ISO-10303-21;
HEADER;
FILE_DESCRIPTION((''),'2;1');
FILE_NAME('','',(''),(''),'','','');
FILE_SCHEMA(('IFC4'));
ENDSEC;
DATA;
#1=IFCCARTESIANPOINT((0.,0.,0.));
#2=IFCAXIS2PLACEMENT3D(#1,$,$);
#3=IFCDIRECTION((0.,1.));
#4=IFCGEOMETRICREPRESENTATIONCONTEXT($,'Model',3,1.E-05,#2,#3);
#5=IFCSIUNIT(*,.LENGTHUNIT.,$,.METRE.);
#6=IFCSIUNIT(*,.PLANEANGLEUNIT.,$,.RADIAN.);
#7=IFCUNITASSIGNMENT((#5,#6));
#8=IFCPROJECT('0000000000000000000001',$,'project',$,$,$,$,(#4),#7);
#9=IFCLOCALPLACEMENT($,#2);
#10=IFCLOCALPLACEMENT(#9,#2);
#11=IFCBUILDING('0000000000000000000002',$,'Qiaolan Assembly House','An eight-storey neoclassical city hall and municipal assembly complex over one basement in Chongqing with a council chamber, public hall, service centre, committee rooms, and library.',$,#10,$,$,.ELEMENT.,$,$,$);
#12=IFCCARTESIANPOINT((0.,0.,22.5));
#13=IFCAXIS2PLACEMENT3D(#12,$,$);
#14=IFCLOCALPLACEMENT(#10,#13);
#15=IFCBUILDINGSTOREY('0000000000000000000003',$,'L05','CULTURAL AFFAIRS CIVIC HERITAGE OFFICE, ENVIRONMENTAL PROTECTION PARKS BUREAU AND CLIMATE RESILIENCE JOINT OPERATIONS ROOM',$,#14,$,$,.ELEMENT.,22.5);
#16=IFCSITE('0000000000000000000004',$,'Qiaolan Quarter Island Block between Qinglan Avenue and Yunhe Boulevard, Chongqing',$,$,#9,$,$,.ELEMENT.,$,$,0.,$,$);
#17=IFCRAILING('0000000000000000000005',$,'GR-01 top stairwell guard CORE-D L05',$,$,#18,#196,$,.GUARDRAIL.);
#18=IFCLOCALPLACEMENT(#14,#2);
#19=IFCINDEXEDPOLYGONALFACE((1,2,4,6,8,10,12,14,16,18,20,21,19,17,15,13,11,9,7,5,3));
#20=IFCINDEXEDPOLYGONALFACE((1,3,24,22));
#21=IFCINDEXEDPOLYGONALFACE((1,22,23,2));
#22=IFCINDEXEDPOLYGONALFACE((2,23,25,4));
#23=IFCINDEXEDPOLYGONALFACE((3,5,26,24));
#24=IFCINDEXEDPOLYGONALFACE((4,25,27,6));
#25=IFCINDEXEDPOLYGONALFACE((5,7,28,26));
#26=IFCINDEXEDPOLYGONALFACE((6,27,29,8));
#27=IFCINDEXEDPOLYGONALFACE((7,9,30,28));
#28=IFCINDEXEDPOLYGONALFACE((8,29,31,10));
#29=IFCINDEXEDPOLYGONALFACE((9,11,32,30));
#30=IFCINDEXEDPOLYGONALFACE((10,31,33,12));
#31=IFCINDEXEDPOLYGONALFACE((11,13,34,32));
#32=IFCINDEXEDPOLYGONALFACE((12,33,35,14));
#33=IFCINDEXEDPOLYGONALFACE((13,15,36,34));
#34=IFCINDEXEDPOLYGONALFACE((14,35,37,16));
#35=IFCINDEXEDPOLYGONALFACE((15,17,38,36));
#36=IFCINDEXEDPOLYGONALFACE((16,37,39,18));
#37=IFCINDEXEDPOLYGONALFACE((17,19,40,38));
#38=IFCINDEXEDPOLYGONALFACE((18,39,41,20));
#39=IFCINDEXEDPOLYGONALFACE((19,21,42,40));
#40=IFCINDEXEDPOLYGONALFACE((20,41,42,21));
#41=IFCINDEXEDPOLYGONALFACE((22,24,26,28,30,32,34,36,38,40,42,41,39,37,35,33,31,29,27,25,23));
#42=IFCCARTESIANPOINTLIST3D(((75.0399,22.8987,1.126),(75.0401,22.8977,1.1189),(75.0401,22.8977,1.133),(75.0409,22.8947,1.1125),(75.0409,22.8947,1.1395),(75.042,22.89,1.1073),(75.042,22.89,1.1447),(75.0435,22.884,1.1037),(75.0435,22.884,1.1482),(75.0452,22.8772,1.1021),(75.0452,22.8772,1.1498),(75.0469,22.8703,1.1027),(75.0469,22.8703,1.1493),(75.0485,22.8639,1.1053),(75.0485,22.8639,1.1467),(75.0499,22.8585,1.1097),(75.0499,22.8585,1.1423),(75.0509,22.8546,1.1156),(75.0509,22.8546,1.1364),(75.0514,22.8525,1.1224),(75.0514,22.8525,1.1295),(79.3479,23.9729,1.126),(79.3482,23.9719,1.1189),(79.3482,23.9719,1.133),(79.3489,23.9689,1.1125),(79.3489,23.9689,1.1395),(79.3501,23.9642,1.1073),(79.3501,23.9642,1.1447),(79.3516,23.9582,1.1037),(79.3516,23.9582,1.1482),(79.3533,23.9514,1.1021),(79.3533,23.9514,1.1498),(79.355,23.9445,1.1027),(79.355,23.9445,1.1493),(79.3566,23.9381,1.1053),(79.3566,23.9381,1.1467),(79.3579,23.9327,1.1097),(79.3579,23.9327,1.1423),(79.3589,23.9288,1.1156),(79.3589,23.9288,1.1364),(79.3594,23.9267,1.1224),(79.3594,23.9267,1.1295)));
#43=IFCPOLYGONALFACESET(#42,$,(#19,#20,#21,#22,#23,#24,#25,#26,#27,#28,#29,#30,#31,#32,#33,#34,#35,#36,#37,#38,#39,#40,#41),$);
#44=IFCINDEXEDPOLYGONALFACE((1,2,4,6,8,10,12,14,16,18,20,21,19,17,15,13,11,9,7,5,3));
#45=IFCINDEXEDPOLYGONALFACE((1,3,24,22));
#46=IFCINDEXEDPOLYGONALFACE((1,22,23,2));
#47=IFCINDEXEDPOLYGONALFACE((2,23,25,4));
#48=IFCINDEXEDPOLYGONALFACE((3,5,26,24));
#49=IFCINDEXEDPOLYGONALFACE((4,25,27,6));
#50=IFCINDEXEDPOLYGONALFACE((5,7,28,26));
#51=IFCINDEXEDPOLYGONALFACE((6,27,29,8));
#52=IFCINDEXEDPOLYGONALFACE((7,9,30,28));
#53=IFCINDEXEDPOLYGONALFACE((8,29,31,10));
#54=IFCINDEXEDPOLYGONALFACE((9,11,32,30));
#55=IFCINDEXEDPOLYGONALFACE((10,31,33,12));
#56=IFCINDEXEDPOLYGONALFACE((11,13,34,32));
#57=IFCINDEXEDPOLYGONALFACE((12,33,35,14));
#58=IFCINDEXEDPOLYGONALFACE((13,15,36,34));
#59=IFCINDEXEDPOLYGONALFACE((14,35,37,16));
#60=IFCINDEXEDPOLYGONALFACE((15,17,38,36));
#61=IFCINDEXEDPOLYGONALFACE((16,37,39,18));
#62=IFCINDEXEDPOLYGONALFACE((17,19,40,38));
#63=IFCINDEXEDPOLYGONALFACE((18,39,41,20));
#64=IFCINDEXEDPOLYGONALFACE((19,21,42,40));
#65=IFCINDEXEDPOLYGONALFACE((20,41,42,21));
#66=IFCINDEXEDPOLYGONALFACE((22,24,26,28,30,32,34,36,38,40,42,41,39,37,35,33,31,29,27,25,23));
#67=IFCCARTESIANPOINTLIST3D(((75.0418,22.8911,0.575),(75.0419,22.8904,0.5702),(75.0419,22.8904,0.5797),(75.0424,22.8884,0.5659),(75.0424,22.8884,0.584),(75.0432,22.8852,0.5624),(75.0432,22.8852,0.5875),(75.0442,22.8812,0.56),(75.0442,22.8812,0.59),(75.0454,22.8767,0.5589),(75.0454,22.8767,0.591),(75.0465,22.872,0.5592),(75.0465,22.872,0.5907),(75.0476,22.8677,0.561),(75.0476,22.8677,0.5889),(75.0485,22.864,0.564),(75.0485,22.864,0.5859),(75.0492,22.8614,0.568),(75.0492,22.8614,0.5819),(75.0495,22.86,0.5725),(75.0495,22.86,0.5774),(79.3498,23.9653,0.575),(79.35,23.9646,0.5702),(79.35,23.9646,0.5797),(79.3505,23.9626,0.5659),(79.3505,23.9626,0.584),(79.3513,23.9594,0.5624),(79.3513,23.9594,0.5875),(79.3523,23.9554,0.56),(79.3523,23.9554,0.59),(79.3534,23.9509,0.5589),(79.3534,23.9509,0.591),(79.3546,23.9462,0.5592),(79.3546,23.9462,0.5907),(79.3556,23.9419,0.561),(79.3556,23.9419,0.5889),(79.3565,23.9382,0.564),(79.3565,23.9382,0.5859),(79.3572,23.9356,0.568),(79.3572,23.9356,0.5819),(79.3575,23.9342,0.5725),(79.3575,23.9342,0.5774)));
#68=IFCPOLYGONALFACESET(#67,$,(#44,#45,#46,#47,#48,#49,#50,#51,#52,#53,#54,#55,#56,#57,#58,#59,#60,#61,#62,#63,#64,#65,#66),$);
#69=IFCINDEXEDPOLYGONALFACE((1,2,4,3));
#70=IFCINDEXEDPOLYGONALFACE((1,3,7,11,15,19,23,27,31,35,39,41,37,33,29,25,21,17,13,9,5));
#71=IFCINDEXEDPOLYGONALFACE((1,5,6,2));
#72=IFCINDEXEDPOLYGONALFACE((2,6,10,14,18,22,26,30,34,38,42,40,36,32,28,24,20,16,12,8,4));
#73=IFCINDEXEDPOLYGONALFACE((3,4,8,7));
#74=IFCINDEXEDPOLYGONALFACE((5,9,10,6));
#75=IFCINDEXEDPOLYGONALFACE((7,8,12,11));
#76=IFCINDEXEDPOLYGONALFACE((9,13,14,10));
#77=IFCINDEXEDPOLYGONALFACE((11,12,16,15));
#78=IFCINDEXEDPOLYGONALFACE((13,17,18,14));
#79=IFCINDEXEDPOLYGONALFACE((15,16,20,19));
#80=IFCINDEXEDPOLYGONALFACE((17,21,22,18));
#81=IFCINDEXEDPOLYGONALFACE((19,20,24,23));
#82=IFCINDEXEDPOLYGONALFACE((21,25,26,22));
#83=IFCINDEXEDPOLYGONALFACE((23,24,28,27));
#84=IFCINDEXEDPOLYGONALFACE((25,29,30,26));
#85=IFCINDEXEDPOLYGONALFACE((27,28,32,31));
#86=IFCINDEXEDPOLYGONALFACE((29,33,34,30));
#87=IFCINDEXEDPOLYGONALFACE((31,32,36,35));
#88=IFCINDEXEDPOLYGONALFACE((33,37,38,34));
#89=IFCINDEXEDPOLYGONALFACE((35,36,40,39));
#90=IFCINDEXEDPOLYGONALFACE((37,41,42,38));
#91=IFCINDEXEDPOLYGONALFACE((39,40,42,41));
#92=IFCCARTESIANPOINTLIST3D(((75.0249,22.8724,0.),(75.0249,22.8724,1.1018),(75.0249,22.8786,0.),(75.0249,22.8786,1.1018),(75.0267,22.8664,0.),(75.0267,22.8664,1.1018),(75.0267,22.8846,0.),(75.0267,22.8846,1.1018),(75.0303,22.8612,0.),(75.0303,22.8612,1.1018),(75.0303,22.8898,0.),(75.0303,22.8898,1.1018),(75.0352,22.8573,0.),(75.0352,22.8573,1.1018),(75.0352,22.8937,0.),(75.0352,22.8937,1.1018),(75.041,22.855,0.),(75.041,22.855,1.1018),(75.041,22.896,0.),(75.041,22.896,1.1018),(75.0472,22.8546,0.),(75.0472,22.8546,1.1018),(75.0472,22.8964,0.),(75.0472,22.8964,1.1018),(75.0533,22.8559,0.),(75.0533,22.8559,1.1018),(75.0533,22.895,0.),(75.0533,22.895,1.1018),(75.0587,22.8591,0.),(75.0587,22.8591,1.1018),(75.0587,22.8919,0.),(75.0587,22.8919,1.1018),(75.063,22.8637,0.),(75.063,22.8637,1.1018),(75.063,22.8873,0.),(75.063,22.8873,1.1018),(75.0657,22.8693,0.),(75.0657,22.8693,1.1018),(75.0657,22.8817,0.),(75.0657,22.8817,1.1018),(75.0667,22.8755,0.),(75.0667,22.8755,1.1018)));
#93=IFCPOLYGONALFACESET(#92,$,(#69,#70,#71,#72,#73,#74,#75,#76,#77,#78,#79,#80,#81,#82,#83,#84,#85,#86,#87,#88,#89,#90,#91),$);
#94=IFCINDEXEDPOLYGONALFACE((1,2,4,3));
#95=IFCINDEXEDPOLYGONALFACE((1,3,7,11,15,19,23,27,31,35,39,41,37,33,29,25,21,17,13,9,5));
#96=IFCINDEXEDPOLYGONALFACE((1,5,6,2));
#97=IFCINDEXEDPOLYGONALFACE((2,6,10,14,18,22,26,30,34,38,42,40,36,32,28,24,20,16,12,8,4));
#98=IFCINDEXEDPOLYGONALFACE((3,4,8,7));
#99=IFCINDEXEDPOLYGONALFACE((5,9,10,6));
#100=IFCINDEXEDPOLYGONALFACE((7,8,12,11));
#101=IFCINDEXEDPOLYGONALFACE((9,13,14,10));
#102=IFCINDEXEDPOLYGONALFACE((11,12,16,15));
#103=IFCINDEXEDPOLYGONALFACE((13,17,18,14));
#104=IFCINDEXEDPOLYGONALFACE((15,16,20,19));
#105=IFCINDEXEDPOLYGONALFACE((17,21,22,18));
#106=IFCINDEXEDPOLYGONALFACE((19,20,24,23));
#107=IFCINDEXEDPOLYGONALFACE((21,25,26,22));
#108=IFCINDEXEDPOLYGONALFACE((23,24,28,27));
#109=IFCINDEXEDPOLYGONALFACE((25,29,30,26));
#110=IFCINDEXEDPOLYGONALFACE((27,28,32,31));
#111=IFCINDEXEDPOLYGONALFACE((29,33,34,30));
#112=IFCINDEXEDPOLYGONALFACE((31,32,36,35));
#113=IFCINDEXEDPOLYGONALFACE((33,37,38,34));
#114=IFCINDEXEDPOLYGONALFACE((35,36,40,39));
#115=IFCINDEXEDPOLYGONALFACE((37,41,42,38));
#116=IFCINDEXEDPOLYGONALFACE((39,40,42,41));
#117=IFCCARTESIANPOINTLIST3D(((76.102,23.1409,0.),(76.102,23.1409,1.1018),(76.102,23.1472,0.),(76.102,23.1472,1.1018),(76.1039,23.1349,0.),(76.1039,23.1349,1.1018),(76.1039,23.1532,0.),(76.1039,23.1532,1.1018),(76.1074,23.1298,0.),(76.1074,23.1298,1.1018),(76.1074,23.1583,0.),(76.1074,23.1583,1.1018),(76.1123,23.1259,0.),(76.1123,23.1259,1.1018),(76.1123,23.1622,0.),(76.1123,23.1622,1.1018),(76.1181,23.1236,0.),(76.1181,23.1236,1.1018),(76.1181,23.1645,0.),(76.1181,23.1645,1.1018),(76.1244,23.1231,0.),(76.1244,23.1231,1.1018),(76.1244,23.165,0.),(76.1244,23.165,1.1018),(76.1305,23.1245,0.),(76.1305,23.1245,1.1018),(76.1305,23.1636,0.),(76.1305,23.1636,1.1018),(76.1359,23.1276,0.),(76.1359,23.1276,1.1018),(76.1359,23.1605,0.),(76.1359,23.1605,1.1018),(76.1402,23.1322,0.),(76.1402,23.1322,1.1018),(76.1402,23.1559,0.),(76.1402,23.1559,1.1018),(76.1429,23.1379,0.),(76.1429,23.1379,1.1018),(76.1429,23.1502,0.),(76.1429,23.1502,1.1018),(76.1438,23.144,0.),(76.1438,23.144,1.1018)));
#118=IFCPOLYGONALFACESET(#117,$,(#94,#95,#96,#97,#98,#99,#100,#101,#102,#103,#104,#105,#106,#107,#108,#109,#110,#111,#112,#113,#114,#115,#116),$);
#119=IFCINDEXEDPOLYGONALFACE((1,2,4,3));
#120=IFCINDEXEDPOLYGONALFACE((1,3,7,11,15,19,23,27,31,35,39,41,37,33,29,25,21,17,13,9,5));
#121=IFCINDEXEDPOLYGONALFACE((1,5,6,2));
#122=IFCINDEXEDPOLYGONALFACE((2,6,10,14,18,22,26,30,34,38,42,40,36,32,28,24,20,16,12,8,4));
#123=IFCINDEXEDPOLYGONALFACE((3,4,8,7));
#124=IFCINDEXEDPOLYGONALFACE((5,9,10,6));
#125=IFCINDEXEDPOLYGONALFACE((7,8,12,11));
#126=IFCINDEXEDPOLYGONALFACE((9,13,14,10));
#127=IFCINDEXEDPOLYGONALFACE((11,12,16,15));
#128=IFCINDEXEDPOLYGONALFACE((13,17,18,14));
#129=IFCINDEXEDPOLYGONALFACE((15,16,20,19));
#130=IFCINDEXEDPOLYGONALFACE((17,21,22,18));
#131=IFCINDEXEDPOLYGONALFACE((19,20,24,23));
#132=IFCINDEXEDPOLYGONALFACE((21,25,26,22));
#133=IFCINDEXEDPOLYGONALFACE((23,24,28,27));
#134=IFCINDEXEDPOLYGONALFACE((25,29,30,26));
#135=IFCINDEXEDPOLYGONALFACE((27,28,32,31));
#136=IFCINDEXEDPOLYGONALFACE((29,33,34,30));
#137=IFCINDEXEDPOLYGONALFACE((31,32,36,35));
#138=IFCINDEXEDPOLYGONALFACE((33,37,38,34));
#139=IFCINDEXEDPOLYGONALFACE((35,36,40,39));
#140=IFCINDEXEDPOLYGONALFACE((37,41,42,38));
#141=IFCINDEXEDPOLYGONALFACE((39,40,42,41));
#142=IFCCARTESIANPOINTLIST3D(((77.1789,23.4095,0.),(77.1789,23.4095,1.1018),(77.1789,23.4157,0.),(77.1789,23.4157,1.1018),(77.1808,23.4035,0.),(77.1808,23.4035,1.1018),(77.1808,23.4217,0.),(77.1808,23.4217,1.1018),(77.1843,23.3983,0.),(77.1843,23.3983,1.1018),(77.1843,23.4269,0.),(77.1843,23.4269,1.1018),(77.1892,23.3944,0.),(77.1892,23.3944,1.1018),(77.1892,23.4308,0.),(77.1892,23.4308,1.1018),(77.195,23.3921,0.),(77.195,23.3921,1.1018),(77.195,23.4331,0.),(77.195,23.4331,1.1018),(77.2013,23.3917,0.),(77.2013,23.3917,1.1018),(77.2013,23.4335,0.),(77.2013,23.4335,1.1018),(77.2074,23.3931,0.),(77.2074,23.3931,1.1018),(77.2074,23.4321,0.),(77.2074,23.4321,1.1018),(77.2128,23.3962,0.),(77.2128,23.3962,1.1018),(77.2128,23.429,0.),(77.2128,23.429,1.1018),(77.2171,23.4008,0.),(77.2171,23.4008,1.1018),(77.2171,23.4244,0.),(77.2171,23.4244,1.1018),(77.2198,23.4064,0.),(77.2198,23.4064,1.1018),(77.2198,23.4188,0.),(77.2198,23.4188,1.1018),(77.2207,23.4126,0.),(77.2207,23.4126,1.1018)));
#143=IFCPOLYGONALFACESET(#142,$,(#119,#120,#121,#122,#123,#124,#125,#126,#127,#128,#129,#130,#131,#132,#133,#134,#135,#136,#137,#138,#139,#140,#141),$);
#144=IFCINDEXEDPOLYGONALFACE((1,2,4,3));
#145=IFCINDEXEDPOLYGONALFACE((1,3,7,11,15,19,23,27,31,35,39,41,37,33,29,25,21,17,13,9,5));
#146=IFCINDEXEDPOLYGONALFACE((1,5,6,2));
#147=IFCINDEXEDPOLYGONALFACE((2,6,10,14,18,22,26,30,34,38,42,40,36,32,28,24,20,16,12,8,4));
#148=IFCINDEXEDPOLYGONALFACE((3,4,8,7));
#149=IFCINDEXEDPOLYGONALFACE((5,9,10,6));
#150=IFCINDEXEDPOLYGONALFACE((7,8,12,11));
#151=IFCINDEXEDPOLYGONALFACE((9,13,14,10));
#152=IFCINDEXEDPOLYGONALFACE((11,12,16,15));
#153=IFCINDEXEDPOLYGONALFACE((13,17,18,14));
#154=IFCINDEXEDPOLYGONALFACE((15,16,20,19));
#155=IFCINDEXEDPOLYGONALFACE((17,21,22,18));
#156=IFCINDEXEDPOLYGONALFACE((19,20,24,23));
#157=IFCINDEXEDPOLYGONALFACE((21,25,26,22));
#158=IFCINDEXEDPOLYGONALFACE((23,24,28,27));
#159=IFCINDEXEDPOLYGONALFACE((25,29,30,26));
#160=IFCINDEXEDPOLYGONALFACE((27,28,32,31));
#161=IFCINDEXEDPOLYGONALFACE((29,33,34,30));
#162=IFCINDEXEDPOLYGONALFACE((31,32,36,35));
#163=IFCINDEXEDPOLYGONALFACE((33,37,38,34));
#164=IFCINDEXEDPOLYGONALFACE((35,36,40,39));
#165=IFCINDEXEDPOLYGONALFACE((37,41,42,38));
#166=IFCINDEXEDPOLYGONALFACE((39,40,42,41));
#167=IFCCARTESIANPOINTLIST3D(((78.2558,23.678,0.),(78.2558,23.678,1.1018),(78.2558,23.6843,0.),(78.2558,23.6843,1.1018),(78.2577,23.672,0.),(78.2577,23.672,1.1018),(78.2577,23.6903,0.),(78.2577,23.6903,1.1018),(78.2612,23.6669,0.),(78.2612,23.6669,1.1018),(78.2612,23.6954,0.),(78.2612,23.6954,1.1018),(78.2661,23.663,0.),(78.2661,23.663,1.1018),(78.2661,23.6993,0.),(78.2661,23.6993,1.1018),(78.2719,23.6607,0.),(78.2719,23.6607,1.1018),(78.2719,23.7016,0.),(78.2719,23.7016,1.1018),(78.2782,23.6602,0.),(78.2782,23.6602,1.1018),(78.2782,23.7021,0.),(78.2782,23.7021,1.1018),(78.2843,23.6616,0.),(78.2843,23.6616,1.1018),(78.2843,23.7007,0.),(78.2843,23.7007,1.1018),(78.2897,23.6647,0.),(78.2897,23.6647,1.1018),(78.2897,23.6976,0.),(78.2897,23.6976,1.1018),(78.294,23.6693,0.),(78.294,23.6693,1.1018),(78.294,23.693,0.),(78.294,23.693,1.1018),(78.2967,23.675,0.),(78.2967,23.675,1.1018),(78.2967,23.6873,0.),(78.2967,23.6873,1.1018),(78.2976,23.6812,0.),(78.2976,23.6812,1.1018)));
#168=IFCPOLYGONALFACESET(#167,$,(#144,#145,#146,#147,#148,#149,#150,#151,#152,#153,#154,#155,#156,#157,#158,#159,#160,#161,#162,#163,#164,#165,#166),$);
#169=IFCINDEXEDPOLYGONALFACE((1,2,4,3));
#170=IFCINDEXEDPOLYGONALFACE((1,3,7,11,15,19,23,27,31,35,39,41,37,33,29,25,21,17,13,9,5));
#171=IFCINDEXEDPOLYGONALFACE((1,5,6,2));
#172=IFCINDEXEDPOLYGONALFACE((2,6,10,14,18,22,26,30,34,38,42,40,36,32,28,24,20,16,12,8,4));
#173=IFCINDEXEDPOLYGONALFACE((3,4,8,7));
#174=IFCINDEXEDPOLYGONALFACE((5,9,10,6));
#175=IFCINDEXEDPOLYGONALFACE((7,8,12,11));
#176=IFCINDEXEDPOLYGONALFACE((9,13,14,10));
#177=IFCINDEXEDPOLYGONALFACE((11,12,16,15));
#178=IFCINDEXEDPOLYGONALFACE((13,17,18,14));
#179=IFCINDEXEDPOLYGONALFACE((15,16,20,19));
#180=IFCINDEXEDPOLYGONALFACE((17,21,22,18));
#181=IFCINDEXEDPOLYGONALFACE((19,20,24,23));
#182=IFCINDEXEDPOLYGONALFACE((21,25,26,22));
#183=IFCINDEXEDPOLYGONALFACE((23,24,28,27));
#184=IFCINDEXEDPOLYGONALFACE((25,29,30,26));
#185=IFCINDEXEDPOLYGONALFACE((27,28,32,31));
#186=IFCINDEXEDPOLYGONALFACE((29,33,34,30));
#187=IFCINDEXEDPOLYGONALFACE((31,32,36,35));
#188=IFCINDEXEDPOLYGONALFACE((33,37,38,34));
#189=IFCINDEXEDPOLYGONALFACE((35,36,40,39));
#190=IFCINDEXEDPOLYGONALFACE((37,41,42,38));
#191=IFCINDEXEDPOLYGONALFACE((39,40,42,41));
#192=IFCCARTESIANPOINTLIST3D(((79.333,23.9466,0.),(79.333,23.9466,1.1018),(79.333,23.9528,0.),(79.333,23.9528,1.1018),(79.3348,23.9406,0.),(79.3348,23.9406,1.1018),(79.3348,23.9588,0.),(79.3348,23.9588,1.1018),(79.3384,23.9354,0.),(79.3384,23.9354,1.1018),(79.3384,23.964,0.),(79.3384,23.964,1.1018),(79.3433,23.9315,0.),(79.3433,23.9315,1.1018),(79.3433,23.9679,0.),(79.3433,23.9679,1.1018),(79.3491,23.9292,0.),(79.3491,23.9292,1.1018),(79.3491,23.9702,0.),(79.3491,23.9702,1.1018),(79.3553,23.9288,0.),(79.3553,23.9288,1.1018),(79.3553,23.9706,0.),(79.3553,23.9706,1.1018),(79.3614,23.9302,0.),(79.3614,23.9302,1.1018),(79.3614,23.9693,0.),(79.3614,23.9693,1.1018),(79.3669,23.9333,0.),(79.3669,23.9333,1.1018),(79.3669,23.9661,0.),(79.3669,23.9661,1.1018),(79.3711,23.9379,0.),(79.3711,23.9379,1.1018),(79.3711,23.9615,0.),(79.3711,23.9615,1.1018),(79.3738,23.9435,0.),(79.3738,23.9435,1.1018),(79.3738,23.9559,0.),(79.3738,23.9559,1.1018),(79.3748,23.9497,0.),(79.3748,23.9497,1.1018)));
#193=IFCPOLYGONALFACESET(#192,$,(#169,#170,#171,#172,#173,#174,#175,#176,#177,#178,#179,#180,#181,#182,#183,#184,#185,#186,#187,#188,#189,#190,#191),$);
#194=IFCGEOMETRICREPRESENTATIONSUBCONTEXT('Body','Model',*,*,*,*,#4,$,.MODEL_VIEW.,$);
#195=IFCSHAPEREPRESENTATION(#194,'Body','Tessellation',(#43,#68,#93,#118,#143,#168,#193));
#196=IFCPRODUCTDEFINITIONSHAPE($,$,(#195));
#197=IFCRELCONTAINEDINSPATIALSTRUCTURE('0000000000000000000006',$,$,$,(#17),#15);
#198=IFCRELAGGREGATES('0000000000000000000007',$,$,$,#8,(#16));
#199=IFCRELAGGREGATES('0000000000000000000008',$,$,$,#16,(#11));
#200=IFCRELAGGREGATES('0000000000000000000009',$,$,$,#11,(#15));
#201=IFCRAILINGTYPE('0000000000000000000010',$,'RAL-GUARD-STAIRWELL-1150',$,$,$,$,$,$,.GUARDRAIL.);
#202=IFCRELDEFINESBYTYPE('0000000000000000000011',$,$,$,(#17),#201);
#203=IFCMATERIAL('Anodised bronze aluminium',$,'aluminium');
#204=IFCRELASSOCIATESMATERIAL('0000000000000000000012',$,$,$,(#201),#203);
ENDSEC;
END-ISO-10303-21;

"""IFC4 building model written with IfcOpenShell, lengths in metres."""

from ifc_helpers import new_model, si_unit, direction, frame, origin, origin_2d, place, context, subcontext, project, spatial, circle, extrude, material, type_object, element, save


model = new_model("IFC4")

# Units and contexts
model_context = context("Model", 3, precision=1e-05, world=origin(), true_north=direction((0.0, 1.0)))
body_context = subcontext(model_context, "Body", "Model", "MODEL_VIEW")
ifc_project = project(units=[si_unit("LENGTHUNIT", "METRE"), si_unit("PLANEANGLEUNIT", "RADIAN")], contexts=[model_context])

# Site, building, storey
site_placement = place(None, origin())
site = spatial("IfcSite", under=ifc_project, at=site_placement, Name="Qiaolan Quarter Island Block between Qinglan Avenue and Yunhe Boulevard, Chongqing", CompositionType="ELEMENT", RefElevation=0.0)
building_placement = place(site_placement, origin())
building = spatial("IfcBuilding", under=site, at=building_placement, Name="Qiaolan Assembly House", Description="An eight-storey neoclassical city hall and municipal assembly complex over one basement in Chongqing with a council chamber, public hall, service centre, committee rooms, and library.", CompositionType="ELEMENT")
storey_placement = place(building_placement, frame((0.0, 0.0, 22.5)))
storey = spatial("IfcBuildingStorey", under=building, at=storey_placement, Name="L05", Description="CULTURAL AFFAIRS CIVIC HERITAGE OFFICE, ENVIRONMENTAL PROTECTION PARKS BUREAU AND CLIMATE RESILIENCE JOINT OPERATIONS ROOM", CompositionType="ELEMENT", Elevation=22.5)

# Railing
ifc_material_1 = material(Name="Anodised bronze aluminium", Category="aluminium")
railing_type = type_object("IfcRailingType", Name="RAL-GUARD-STAIRWELL-1150", PredefinedType="GUARDRAIL", material=ifc_material_1)
railing_placement = place(storey_placement, frame((75.0457, 22.8755, 0.0)))
element("IfcRailing", 1, at=railing_placement, inside=storey, type_object=railing_type, Name="GR-01 top stairwell guard CORE-D L05", PredefinedType="GUARDRAIL", context=body_context, shape_type="SweptSolid", body=[
    extrude(circle(Radius=0.0239, at=origin_2d()), frame((0.0, 0.0, 1.126), z_axis=(0.970291, 0.24194, 0.0), x_axis=(-0.24194, 0.970291, 0.0)), (0.0, 0.0, 1.0), 4.4399),
    extrude(circle(Radius=0.0161, at=origin_2d()), frame((0.0, 0.0, 0.575), z_axis=(0.970291, 0.24194, 0.0), x_axis=(-0.24194, 0.970291, 0.0)), (0.0, 0.0, 1.0), 4.4399),
    extrude(circle(Radius=0.021, at=origin_2d()), origin(), (0.0, 0.0, 1.0), 1.1018),
    extrude(circle(Radius=0.021, at=origin_2d()), frame((1.0771, 0.2686, 0.0)), (0.0, 0.0, 1.0), 1.1018),
    extrude(circle(Radius=0.021, at=origin_2d()), frame((2.1541, 0.5371, 0.0)), (0.0, 0.0, 1.0), 1.1018),
    extrude(circle(Radius=0.021, at=origin_2d()), frame((3.231, 0.8057, 0.0)), (0.0, 0.0, 1.0), 1.1018),
    extrude(circle(Radius=0.021, at=origin_2d()), frame((4.3081, 1.0742, 0.0)), (0.0, 0.0, 1.0), 1.1018),
])

save(model, "model.ifc")
